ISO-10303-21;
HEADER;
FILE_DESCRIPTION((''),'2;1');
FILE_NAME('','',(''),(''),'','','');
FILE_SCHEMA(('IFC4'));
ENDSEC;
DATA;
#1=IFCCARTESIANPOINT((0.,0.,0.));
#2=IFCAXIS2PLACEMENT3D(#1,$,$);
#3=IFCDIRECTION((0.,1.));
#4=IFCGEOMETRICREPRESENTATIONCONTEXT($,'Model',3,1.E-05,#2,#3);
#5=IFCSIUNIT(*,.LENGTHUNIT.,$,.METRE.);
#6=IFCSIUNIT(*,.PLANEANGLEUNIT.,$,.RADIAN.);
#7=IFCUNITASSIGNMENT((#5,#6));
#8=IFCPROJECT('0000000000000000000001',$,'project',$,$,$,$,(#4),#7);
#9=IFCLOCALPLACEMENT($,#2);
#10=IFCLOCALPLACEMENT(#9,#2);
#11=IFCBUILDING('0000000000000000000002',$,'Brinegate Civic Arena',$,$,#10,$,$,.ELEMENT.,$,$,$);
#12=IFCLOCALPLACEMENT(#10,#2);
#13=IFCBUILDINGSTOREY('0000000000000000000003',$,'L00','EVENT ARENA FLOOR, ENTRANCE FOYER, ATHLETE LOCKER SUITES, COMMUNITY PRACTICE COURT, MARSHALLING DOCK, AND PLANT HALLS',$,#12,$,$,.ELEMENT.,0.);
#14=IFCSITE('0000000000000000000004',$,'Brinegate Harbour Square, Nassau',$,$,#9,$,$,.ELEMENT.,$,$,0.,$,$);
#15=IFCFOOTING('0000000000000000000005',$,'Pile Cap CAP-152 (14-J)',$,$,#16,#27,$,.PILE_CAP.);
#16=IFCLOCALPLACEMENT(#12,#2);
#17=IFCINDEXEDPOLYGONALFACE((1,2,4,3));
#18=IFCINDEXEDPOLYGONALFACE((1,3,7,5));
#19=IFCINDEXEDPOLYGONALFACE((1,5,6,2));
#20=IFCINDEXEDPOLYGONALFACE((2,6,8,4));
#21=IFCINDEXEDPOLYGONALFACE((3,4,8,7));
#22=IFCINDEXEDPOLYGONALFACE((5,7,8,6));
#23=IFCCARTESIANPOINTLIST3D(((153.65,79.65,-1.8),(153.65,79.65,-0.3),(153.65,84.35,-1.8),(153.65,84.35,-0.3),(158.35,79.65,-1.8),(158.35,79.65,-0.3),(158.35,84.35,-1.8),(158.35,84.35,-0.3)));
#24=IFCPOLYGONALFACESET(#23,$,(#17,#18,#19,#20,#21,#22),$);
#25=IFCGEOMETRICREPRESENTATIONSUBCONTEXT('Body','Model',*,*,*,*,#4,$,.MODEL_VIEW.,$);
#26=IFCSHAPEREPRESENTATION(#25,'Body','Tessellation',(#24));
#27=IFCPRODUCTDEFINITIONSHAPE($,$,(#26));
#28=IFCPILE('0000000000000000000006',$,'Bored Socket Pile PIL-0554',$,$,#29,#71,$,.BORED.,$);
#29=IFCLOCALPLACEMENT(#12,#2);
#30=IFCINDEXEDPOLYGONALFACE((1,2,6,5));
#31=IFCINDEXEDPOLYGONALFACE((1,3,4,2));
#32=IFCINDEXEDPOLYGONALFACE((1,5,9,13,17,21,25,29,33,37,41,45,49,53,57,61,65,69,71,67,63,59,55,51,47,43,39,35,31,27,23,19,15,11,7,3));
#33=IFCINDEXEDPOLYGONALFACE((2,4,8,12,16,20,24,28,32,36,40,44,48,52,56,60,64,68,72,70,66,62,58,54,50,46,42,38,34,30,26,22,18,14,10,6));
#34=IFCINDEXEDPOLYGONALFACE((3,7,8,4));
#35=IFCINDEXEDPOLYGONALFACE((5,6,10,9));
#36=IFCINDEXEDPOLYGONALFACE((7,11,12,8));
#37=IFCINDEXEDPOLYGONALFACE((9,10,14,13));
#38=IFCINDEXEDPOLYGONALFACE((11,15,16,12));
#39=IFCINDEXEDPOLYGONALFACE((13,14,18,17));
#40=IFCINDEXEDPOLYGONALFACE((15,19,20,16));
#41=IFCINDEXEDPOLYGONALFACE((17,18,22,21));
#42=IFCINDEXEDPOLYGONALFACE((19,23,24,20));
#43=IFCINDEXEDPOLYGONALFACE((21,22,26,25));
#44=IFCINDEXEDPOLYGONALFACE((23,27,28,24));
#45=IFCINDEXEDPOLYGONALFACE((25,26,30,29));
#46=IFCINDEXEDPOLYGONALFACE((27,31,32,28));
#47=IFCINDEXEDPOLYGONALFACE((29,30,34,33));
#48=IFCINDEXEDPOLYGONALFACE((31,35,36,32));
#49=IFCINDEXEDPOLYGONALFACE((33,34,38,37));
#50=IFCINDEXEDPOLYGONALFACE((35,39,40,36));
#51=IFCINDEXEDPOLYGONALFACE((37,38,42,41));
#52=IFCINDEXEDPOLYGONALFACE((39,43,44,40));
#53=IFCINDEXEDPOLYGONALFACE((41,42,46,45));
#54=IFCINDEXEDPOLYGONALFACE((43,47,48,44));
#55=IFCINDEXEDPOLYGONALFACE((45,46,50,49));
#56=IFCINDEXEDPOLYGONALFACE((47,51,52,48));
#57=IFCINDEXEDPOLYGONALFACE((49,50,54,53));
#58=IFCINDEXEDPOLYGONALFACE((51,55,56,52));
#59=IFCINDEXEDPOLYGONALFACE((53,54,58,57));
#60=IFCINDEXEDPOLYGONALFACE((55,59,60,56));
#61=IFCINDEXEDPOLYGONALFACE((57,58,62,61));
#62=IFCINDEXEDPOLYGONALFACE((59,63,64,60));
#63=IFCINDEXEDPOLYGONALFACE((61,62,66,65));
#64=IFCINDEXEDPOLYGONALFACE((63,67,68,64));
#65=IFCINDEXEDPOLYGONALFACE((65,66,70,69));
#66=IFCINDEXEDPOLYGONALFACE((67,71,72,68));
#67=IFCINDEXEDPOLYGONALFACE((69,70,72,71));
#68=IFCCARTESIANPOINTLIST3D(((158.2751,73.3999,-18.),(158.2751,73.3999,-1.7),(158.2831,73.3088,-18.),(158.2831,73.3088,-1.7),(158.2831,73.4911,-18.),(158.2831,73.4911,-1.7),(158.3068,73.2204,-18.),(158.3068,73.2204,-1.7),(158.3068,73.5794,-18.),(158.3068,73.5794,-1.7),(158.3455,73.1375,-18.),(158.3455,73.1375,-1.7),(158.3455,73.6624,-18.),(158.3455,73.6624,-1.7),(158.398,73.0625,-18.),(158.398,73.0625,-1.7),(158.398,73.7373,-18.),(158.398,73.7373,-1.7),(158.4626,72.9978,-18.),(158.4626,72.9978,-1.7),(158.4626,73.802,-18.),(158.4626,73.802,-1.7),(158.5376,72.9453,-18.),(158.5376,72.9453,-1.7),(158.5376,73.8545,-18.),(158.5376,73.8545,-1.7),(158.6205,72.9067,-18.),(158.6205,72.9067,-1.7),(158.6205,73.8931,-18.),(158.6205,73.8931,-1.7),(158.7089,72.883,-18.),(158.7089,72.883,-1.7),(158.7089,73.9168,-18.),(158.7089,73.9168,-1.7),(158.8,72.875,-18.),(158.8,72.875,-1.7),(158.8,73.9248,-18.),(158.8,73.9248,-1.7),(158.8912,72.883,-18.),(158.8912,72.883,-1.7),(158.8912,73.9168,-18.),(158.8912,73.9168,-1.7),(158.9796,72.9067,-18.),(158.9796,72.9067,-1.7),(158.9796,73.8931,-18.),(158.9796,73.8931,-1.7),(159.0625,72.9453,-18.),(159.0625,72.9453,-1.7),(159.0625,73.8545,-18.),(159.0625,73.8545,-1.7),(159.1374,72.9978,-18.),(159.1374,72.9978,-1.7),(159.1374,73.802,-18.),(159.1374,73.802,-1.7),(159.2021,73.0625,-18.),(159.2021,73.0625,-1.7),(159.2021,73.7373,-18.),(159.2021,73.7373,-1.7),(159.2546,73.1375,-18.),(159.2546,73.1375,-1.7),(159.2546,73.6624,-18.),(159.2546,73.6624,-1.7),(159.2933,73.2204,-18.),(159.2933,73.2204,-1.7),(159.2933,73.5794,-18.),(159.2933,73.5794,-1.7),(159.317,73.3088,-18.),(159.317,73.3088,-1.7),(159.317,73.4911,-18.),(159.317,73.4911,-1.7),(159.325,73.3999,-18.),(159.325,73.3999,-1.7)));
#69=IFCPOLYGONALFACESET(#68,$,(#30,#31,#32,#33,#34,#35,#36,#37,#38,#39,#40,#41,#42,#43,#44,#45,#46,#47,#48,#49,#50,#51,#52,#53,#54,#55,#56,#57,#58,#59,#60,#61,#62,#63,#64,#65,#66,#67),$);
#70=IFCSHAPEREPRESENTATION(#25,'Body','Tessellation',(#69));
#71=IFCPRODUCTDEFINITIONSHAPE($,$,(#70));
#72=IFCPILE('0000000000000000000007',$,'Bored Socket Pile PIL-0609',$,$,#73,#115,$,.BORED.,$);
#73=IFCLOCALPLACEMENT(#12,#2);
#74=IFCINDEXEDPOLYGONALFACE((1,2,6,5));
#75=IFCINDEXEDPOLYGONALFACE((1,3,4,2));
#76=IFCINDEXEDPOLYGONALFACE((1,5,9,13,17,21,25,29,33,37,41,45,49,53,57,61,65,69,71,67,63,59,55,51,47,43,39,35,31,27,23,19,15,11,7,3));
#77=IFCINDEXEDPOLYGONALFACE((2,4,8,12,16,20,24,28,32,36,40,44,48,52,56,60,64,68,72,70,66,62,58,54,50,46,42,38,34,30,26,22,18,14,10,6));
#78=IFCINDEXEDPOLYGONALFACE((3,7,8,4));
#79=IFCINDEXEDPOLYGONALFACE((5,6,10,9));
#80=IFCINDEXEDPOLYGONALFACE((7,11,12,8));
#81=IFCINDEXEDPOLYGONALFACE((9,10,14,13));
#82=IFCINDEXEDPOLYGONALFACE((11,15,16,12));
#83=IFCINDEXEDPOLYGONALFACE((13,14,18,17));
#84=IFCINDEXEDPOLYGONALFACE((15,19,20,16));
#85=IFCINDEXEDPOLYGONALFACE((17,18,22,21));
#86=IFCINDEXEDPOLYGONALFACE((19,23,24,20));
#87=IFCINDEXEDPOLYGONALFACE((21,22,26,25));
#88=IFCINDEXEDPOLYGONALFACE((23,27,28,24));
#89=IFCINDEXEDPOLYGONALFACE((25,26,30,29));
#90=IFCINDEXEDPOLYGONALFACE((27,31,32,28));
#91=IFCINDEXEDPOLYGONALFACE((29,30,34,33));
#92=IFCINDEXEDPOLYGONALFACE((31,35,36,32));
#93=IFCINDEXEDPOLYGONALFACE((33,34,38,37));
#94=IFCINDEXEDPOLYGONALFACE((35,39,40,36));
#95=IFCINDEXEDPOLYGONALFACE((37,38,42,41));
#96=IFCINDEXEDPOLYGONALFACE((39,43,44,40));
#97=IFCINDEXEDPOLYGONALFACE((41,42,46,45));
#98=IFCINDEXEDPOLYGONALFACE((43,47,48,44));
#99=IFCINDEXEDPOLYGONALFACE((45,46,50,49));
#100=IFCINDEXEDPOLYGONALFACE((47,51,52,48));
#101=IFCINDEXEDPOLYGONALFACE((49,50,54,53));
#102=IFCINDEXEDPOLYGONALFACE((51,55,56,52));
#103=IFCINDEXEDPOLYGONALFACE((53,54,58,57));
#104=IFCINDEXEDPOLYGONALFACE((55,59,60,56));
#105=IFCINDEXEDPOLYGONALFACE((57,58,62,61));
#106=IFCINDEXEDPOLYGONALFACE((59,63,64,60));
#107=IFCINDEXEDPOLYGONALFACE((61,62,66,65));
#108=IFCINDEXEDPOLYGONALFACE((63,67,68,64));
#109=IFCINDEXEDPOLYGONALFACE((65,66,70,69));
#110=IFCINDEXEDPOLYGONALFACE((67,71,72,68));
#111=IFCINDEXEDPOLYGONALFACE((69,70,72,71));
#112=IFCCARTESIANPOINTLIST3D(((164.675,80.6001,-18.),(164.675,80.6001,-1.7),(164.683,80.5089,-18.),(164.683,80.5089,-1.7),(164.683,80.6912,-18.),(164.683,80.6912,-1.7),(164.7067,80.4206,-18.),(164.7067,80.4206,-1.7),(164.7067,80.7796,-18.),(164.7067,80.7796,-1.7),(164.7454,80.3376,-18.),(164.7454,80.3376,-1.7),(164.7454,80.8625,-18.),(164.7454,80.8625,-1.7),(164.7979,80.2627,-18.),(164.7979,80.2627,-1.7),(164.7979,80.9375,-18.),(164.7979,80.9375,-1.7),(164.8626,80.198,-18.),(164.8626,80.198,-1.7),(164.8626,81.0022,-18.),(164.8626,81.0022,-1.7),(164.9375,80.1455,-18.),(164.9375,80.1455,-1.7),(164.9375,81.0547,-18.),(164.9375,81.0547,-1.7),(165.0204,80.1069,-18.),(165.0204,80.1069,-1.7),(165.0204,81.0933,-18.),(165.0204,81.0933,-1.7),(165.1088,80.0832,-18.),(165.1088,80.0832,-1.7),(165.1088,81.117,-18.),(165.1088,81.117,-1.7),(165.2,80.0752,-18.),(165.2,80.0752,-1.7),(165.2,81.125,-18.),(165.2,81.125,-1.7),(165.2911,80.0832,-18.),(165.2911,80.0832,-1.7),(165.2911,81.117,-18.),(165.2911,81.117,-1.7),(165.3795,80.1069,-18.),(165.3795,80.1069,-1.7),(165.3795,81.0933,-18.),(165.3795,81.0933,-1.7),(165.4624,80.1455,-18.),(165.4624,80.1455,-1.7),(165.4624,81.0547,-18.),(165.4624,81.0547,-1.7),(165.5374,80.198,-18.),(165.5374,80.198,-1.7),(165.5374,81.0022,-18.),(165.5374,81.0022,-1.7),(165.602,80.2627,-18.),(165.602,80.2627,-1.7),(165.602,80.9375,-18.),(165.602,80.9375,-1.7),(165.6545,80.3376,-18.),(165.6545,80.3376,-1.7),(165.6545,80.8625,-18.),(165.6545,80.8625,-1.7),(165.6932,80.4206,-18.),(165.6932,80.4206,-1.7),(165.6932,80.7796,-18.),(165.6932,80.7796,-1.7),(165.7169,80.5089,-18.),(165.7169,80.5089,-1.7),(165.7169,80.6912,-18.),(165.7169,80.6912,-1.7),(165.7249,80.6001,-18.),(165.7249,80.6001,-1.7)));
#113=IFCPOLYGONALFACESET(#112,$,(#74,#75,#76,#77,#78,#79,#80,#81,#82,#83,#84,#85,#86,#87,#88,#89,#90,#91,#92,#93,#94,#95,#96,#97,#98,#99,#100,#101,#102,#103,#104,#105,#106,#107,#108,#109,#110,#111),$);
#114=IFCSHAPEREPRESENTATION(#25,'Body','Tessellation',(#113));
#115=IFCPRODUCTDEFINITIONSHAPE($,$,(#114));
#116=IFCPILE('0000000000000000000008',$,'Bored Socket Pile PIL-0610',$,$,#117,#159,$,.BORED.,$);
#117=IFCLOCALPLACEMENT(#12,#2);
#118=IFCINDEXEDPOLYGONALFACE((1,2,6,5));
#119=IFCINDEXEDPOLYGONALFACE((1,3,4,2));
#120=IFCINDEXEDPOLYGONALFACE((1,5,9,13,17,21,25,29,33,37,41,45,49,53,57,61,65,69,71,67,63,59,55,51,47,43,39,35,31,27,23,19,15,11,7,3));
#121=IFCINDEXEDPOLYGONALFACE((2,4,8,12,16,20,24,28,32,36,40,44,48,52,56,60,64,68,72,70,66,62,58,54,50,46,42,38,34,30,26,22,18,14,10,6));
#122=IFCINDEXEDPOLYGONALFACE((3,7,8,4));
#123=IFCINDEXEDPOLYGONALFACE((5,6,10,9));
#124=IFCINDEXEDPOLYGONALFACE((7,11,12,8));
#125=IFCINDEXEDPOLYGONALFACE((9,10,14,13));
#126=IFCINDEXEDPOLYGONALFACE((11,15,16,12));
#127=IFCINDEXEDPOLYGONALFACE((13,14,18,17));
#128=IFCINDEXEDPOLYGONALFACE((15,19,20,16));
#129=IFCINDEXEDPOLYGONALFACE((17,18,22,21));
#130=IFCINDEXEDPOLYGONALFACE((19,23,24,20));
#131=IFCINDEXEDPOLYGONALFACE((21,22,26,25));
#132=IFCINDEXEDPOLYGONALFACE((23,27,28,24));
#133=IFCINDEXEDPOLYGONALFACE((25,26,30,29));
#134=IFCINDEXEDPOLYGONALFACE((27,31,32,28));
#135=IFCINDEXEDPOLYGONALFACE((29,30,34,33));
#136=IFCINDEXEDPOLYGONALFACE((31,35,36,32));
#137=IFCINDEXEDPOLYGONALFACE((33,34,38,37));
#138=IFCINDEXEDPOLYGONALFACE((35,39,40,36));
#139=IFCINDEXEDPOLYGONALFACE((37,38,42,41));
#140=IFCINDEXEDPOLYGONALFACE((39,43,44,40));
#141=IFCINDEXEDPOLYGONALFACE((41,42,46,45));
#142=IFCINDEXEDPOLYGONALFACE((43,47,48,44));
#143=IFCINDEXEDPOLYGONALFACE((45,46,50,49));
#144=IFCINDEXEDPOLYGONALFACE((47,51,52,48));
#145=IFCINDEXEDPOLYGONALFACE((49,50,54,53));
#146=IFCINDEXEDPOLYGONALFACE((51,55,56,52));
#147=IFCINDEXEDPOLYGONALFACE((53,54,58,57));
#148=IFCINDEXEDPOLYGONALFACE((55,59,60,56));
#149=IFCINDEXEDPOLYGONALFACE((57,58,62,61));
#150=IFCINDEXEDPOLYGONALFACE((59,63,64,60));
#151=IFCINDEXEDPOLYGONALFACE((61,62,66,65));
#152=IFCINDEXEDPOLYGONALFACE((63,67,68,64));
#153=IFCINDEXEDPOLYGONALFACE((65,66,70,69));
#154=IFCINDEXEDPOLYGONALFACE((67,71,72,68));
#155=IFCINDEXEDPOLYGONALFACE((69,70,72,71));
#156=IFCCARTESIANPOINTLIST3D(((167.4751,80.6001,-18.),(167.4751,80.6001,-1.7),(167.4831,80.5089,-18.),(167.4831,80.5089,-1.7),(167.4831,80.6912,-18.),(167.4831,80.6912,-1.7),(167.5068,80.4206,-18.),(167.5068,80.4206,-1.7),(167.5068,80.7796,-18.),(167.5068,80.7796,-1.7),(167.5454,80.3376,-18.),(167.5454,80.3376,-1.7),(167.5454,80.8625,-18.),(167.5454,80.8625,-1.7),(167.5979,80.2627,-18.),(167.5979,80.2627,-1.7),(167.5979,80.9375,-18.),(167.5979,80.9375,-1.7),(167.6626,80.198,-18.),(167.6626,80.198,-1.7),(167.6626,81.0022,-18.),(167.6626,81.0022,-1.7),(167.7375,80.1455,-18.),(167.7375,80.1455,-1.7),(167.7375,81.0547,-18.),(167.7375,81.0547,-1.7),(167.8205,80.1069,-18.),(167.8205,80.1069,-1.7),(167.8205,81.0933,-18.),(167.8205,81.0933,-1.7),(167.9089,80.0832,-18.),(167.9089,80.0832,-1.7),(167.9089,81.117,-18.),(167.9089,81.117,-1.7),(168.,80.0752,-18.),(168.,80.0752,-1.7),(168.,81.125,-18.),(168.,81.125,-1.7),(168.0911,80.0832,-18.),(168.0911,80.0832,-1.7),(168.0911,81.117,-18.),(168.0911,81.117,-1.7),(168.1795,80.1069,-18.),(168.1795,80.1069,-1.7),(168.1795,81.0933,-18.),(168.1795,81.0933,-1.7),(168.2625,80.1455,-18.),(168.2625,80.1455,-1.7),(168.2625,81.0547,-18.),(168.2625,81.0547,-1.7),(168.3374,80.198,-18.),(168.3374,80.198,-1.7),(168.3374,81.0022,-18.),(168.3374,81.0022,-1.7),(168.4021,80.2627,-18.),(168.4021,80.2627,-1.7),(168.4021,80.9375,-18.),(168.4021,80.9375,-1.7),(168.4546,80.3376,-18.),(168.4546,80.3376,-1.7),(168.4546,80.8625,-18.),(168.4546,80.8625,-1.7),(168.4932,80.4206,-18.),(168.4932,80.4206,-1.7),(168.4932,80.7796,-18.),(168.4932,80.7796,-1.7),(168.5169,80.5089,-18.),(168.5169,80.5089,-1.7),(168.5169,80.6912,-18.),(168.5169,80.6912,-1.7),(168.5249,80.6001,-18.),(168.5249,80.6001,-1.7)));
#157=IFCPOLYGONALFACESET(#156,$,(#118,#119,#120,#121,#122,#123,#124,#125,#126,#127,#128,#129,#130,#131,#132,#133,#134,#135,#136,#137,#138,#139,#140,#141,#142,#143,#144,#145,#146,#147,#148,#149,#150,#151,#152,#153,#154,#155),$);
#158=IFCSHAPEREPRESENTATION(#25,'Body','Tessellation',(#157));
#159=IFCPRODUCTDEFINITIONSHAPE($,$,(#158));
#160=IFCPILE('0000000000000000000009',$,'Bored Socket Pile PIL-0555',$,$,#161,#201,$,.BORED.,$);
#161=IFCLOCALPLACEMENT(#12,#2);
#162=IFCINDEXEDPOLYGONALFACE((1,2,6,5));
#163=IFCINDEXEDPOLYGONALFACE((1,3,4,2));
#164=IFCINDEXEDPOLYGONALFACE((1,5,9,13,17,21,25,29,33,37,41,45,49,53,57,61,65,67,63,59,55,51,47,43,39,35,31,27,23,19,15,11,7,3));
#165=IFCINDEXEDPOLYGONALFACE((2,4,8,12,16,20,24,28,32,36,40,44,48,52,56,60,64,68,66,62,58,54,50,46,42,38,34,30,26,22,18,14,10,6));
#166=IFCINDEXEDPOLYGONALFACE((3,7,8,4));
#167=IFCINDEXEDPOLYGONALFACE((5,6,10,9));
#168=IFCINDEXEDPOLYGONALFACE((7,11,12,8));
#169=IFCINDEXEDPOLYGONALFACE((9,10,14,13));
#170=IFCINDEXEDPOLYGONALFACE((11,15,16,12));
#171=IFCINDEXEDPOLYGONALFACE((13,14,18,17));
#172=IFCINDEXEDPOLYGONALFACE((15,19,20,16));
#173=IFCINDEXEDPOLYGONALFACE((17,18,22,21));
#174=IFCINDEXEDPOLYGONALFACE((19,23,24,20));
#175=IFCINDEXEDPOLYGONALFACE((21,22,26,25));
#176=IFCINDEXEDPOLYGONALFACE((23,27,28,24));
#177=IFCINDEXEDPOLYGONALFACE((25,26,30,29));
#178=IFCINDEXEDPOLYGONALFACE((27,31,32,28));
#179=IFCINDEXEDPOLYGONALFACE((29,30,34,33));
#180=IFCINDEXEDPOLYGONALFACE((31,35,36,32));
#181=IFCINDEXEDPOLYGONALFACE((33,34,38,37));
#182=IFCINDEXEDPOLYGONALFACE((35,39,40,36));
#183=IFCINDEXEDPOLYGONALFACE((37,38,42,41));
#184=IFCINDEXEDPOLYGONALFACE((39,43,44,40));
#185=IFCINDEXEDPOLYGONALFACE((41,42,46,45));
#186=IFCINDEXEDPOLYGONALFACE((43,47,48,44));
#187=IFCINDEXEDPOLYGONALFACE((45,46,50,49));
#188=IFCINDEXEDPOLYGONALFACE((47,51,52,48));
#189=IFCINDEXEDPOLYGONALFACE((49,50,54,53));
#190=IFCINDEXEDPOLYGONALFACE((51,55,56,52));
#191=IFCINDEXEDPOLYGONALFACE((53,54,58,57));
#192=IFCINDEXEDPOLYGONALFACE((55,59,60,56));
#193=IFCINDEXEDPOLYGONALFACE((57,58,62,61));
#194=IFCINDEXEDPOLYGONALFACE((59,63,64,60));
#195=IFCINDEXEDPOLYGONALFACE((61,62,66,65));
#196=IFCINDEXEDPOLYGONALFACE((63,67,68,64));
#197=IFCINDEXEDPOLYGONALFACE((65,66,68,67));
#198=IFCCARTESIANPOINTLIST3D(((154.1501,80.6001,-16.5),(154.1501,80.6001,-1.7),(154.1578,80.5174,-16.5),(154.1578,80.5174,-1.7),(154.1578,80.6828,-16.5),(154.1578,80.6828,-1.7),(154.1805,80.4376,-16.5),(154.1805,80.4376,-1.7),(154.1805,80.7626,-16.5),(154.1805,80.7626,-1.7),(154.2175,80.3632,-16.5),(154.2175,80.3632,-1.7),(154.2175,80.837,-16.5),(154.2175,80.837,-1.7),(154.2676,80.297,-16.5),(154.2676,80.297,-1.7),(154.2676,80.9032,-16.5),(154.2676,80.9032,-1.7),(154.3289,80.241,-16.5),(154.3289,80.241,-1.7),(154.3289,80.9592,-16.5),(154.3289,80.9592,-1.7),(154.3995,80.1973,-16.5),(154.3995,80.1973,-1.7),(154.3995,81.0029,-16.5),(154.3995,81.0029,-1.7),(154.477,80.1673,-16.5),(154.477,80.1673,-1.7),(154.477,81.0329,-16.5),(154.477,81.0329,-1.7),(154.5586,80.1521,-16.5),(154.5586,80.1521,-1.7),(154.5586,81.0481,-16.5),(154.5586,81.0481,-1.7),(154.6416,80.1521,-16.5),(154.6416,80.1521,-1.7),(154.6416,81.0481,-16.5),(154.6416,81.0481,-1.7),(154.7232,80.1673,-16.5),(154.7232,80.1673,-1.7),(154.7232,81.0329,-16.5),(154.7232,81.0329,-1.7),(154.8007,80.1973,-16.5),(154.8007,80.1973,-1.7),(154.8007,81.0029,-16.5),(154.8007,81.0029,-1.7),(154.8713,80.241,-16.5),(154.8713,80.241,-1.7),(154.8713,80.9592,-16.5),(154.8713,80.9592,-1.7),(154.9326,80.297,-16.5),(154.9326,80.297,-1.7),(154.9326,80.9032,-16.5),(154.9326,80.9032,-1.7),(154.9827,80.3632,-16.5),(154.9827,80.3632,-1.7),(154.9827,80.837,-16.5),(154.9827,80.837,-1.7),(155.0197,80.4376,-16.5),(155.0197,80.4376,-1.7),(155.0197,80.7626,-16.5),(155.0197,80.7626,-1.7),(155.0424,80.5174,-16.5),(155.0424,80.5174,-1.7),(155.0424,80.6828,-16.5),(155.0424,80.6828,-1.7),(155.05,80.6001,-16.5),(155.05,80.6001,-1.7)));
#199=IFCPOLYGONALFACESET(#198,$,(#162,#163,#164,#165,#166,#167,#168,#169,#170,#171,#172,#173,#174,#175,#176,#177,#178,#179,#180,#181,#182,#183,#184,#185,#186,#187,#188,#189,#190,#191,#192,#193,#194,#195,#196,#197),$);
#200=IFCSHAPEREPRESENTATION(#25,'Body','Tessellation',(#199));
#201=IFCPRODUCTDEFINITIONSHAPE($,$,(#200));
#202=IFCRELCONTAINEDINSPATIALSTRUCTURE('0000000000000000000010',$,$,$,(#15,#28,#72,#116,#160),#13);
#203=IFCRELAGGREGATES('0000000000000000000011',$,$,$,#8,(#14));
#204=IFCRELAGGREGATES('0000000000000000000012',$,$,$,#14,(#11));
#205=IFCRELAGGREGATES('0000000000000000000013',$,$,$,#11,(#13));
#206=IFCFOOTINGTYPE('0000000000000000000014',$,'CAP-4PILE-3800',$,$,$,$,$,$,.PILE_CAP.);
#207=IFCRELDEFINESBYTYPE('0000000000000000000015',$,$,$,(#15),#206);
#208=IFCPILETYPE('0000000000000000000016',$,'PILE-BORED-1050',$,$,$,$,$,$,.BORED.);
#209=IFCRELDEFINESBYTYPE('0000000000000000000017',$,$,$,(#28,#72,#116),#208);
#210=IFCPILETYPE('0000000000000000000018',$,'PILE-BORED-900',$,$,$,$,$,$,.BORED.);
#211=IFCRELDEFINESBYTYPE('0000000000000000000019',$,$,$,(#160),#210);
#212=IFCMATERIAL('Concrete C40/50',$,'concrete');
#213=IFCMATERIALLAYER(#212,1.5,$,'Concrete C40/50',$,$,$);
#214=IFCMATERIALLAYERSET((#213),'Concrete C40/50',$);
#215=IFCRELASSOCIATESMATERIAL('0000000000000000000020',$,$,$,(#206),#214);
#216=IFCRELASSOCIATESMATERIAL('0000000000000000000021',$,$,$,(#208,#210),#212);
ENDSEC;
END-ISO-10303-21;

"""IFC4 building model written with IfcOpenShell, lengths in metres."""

from ifc_helpers import new_model, si_unit, direction, frame, origin, origin_2d, place, context, subcontext, project, spatial, rectangle, circle, extrude, material, layer, layer_set, material_profile, profile_set, type_object, element, save


model = new_model("IFC4")

# Units and contexts
model_context = context("Model", 3, precision=1e-05, world=origin(), true_north=direction((0.0, 1.0)))
body_context = subcontext(model_context, "Body", "Model", "MODEL_VIEW")
ifc_project = project(units=[si_unit("LENGTHUNIT", "METRE"), si_unit("PLANEANGLEUNIT", "RADIAN")], contexts=[model_context])

# Site, building, storey
site_placement = place(None, origin())
site = spatial("IfcSite", under=ifc_project, at=site_placement, Name="Brinegate Harbour Square, Nassau", CompositionType="ELEMENT", RefElevation=0.0)
building_placement = place(site_placement, origin())
building = spatial("IfcBuilding", under=site, at=building_placement, Name="Brinegate Civic Arena", CompositionType="ELEMENT")
storey_placement = place(building_placement, origin())
storey = spatial("IfcBuildingStorey", under=building, at=storey_placement, Name="L00", Description="EVENT ARENA FLOOR, ENTRANCE FOYER, ATHLETE LOCKER SUITES, COMMUNITY PRACTICE COURT, MARSHALLING DOCK, AND PLANT HALLS", CompositionType="ELEMENT", Elevation=0.0)

# Footing
ifc_material_1 = material(Name="Concrete C40/50", Category="concrete")
ifc_layer_1 = layer(ifc_material_1, 1.5, Name="Concrete C40/50")
ifc_layer_set_1 = layer_set([ifc_layer_1], Name="Concrete C40/50")
footing_type_1 = type_object("IfcFootingType", Name="CAP-4PILE-3800", PredefinedType="PILE_CAP", material=ifc_layer_set_1)
footing_1_placement = place(storey_placement, frame((156.0, 82.0, -1.8), z_axis=(0.0, 0.0, 1.0), x_axis=(1.0, 0.0, 0.0)))
element("IfcFooting", 1, at=footing_1_placement, inside=storey, type_object=footing_type_1, Name="Pile Cap CAP-152 (14-J)", PredefinedType="PILE_CAP", context=body_context, shape_type="SweptSolid", body=[
    extrude(rectangle(XDim=4.7, YDim=4.7, at=origin_2d()), origin(), (0.0, 0.0, 1.0), 1.5),
])

# Piles
ifc_material_profile_1 = material_profile(ifc_material_1, circle(Radius=0.5249, at=origin_2d()), Name="PILED1050")
ifc_profile_set_1 = profile_set([ifc_material_profile_1], Name="Concrete C40/50")
pile_type_1 = type_object("IfcPileType", Name="PILE-BORED-1050", PredefinedType="BORED", material=ifc_profile_set_1)
for number, where, z_axis, x_axis, name in (
    (2, (158.8, 73.3999, -1.7), (0.0, 0.0, -1.0), (1.0, 0.0, 0.0), "Bored Socket Pile PIL-0554"),
    (3, (165.2, 80.6001, -1.7), (0.0, 0.0, -1.0), (1.0, 0.0, 0.0), "Bored Socket Pile PIL-0609"),
    (4, (168.0, 80.6001, -1.7), (0.0, 0.0, -1.0), (1.0, 0.0, 0.0), "Bored Socket Pile PIL-0610"),
):
    element("IfcPile", number, at=place(storey_placement, frame(where, z_axis=z_axis, x_axis=x_axis)), inside=storey, type_object=pile_type_1, Name=name, PredefinedType="BORED", context=body_context, shape_type="SweptSolid", body=[
        extrude(circle(Radius=0.5249, at=origin_2d()), origin(), (0.0, 0.0, 1.0), 16.3),
    ])
ifc_material_profile_2 = material_profile(ifc_material_1, circle(Radius=0.45, at=origin_2d()), Name="PILED900")
ifc_profile_set_2 = profile_set([ifc_material_profile_2], Name="Concrete C40/50")
pile_type_2 = type_object("IfcPileType", Name="PILE-BORED-900", PredefinedType="BORED", material=ifc_profile_set_2)
for number, where, z_axis, x_axis, name in (
    (5, (154.6001, 80.6001, -1.7), (0.0, 0.0, -1.0), (1.0, 0.0, 0.0), "Bored Socket Pile PIL-0555"),
):
    element("IfcPile", number, at=place(storey_placement, frame(where, z_axis=z_axis, x_axis=x_axis)), inside=storey, type_object=pile_type_2, Name=name, PredefinedType="BORED", context=body_context, shape_type="SweptSolid", body=[
        extrude(circle(Radius=0.45, at=origin_2d()), origin(), (0.0, 0.0, 1.0), 14.8),
    ])

save(model, "model.ifc")
